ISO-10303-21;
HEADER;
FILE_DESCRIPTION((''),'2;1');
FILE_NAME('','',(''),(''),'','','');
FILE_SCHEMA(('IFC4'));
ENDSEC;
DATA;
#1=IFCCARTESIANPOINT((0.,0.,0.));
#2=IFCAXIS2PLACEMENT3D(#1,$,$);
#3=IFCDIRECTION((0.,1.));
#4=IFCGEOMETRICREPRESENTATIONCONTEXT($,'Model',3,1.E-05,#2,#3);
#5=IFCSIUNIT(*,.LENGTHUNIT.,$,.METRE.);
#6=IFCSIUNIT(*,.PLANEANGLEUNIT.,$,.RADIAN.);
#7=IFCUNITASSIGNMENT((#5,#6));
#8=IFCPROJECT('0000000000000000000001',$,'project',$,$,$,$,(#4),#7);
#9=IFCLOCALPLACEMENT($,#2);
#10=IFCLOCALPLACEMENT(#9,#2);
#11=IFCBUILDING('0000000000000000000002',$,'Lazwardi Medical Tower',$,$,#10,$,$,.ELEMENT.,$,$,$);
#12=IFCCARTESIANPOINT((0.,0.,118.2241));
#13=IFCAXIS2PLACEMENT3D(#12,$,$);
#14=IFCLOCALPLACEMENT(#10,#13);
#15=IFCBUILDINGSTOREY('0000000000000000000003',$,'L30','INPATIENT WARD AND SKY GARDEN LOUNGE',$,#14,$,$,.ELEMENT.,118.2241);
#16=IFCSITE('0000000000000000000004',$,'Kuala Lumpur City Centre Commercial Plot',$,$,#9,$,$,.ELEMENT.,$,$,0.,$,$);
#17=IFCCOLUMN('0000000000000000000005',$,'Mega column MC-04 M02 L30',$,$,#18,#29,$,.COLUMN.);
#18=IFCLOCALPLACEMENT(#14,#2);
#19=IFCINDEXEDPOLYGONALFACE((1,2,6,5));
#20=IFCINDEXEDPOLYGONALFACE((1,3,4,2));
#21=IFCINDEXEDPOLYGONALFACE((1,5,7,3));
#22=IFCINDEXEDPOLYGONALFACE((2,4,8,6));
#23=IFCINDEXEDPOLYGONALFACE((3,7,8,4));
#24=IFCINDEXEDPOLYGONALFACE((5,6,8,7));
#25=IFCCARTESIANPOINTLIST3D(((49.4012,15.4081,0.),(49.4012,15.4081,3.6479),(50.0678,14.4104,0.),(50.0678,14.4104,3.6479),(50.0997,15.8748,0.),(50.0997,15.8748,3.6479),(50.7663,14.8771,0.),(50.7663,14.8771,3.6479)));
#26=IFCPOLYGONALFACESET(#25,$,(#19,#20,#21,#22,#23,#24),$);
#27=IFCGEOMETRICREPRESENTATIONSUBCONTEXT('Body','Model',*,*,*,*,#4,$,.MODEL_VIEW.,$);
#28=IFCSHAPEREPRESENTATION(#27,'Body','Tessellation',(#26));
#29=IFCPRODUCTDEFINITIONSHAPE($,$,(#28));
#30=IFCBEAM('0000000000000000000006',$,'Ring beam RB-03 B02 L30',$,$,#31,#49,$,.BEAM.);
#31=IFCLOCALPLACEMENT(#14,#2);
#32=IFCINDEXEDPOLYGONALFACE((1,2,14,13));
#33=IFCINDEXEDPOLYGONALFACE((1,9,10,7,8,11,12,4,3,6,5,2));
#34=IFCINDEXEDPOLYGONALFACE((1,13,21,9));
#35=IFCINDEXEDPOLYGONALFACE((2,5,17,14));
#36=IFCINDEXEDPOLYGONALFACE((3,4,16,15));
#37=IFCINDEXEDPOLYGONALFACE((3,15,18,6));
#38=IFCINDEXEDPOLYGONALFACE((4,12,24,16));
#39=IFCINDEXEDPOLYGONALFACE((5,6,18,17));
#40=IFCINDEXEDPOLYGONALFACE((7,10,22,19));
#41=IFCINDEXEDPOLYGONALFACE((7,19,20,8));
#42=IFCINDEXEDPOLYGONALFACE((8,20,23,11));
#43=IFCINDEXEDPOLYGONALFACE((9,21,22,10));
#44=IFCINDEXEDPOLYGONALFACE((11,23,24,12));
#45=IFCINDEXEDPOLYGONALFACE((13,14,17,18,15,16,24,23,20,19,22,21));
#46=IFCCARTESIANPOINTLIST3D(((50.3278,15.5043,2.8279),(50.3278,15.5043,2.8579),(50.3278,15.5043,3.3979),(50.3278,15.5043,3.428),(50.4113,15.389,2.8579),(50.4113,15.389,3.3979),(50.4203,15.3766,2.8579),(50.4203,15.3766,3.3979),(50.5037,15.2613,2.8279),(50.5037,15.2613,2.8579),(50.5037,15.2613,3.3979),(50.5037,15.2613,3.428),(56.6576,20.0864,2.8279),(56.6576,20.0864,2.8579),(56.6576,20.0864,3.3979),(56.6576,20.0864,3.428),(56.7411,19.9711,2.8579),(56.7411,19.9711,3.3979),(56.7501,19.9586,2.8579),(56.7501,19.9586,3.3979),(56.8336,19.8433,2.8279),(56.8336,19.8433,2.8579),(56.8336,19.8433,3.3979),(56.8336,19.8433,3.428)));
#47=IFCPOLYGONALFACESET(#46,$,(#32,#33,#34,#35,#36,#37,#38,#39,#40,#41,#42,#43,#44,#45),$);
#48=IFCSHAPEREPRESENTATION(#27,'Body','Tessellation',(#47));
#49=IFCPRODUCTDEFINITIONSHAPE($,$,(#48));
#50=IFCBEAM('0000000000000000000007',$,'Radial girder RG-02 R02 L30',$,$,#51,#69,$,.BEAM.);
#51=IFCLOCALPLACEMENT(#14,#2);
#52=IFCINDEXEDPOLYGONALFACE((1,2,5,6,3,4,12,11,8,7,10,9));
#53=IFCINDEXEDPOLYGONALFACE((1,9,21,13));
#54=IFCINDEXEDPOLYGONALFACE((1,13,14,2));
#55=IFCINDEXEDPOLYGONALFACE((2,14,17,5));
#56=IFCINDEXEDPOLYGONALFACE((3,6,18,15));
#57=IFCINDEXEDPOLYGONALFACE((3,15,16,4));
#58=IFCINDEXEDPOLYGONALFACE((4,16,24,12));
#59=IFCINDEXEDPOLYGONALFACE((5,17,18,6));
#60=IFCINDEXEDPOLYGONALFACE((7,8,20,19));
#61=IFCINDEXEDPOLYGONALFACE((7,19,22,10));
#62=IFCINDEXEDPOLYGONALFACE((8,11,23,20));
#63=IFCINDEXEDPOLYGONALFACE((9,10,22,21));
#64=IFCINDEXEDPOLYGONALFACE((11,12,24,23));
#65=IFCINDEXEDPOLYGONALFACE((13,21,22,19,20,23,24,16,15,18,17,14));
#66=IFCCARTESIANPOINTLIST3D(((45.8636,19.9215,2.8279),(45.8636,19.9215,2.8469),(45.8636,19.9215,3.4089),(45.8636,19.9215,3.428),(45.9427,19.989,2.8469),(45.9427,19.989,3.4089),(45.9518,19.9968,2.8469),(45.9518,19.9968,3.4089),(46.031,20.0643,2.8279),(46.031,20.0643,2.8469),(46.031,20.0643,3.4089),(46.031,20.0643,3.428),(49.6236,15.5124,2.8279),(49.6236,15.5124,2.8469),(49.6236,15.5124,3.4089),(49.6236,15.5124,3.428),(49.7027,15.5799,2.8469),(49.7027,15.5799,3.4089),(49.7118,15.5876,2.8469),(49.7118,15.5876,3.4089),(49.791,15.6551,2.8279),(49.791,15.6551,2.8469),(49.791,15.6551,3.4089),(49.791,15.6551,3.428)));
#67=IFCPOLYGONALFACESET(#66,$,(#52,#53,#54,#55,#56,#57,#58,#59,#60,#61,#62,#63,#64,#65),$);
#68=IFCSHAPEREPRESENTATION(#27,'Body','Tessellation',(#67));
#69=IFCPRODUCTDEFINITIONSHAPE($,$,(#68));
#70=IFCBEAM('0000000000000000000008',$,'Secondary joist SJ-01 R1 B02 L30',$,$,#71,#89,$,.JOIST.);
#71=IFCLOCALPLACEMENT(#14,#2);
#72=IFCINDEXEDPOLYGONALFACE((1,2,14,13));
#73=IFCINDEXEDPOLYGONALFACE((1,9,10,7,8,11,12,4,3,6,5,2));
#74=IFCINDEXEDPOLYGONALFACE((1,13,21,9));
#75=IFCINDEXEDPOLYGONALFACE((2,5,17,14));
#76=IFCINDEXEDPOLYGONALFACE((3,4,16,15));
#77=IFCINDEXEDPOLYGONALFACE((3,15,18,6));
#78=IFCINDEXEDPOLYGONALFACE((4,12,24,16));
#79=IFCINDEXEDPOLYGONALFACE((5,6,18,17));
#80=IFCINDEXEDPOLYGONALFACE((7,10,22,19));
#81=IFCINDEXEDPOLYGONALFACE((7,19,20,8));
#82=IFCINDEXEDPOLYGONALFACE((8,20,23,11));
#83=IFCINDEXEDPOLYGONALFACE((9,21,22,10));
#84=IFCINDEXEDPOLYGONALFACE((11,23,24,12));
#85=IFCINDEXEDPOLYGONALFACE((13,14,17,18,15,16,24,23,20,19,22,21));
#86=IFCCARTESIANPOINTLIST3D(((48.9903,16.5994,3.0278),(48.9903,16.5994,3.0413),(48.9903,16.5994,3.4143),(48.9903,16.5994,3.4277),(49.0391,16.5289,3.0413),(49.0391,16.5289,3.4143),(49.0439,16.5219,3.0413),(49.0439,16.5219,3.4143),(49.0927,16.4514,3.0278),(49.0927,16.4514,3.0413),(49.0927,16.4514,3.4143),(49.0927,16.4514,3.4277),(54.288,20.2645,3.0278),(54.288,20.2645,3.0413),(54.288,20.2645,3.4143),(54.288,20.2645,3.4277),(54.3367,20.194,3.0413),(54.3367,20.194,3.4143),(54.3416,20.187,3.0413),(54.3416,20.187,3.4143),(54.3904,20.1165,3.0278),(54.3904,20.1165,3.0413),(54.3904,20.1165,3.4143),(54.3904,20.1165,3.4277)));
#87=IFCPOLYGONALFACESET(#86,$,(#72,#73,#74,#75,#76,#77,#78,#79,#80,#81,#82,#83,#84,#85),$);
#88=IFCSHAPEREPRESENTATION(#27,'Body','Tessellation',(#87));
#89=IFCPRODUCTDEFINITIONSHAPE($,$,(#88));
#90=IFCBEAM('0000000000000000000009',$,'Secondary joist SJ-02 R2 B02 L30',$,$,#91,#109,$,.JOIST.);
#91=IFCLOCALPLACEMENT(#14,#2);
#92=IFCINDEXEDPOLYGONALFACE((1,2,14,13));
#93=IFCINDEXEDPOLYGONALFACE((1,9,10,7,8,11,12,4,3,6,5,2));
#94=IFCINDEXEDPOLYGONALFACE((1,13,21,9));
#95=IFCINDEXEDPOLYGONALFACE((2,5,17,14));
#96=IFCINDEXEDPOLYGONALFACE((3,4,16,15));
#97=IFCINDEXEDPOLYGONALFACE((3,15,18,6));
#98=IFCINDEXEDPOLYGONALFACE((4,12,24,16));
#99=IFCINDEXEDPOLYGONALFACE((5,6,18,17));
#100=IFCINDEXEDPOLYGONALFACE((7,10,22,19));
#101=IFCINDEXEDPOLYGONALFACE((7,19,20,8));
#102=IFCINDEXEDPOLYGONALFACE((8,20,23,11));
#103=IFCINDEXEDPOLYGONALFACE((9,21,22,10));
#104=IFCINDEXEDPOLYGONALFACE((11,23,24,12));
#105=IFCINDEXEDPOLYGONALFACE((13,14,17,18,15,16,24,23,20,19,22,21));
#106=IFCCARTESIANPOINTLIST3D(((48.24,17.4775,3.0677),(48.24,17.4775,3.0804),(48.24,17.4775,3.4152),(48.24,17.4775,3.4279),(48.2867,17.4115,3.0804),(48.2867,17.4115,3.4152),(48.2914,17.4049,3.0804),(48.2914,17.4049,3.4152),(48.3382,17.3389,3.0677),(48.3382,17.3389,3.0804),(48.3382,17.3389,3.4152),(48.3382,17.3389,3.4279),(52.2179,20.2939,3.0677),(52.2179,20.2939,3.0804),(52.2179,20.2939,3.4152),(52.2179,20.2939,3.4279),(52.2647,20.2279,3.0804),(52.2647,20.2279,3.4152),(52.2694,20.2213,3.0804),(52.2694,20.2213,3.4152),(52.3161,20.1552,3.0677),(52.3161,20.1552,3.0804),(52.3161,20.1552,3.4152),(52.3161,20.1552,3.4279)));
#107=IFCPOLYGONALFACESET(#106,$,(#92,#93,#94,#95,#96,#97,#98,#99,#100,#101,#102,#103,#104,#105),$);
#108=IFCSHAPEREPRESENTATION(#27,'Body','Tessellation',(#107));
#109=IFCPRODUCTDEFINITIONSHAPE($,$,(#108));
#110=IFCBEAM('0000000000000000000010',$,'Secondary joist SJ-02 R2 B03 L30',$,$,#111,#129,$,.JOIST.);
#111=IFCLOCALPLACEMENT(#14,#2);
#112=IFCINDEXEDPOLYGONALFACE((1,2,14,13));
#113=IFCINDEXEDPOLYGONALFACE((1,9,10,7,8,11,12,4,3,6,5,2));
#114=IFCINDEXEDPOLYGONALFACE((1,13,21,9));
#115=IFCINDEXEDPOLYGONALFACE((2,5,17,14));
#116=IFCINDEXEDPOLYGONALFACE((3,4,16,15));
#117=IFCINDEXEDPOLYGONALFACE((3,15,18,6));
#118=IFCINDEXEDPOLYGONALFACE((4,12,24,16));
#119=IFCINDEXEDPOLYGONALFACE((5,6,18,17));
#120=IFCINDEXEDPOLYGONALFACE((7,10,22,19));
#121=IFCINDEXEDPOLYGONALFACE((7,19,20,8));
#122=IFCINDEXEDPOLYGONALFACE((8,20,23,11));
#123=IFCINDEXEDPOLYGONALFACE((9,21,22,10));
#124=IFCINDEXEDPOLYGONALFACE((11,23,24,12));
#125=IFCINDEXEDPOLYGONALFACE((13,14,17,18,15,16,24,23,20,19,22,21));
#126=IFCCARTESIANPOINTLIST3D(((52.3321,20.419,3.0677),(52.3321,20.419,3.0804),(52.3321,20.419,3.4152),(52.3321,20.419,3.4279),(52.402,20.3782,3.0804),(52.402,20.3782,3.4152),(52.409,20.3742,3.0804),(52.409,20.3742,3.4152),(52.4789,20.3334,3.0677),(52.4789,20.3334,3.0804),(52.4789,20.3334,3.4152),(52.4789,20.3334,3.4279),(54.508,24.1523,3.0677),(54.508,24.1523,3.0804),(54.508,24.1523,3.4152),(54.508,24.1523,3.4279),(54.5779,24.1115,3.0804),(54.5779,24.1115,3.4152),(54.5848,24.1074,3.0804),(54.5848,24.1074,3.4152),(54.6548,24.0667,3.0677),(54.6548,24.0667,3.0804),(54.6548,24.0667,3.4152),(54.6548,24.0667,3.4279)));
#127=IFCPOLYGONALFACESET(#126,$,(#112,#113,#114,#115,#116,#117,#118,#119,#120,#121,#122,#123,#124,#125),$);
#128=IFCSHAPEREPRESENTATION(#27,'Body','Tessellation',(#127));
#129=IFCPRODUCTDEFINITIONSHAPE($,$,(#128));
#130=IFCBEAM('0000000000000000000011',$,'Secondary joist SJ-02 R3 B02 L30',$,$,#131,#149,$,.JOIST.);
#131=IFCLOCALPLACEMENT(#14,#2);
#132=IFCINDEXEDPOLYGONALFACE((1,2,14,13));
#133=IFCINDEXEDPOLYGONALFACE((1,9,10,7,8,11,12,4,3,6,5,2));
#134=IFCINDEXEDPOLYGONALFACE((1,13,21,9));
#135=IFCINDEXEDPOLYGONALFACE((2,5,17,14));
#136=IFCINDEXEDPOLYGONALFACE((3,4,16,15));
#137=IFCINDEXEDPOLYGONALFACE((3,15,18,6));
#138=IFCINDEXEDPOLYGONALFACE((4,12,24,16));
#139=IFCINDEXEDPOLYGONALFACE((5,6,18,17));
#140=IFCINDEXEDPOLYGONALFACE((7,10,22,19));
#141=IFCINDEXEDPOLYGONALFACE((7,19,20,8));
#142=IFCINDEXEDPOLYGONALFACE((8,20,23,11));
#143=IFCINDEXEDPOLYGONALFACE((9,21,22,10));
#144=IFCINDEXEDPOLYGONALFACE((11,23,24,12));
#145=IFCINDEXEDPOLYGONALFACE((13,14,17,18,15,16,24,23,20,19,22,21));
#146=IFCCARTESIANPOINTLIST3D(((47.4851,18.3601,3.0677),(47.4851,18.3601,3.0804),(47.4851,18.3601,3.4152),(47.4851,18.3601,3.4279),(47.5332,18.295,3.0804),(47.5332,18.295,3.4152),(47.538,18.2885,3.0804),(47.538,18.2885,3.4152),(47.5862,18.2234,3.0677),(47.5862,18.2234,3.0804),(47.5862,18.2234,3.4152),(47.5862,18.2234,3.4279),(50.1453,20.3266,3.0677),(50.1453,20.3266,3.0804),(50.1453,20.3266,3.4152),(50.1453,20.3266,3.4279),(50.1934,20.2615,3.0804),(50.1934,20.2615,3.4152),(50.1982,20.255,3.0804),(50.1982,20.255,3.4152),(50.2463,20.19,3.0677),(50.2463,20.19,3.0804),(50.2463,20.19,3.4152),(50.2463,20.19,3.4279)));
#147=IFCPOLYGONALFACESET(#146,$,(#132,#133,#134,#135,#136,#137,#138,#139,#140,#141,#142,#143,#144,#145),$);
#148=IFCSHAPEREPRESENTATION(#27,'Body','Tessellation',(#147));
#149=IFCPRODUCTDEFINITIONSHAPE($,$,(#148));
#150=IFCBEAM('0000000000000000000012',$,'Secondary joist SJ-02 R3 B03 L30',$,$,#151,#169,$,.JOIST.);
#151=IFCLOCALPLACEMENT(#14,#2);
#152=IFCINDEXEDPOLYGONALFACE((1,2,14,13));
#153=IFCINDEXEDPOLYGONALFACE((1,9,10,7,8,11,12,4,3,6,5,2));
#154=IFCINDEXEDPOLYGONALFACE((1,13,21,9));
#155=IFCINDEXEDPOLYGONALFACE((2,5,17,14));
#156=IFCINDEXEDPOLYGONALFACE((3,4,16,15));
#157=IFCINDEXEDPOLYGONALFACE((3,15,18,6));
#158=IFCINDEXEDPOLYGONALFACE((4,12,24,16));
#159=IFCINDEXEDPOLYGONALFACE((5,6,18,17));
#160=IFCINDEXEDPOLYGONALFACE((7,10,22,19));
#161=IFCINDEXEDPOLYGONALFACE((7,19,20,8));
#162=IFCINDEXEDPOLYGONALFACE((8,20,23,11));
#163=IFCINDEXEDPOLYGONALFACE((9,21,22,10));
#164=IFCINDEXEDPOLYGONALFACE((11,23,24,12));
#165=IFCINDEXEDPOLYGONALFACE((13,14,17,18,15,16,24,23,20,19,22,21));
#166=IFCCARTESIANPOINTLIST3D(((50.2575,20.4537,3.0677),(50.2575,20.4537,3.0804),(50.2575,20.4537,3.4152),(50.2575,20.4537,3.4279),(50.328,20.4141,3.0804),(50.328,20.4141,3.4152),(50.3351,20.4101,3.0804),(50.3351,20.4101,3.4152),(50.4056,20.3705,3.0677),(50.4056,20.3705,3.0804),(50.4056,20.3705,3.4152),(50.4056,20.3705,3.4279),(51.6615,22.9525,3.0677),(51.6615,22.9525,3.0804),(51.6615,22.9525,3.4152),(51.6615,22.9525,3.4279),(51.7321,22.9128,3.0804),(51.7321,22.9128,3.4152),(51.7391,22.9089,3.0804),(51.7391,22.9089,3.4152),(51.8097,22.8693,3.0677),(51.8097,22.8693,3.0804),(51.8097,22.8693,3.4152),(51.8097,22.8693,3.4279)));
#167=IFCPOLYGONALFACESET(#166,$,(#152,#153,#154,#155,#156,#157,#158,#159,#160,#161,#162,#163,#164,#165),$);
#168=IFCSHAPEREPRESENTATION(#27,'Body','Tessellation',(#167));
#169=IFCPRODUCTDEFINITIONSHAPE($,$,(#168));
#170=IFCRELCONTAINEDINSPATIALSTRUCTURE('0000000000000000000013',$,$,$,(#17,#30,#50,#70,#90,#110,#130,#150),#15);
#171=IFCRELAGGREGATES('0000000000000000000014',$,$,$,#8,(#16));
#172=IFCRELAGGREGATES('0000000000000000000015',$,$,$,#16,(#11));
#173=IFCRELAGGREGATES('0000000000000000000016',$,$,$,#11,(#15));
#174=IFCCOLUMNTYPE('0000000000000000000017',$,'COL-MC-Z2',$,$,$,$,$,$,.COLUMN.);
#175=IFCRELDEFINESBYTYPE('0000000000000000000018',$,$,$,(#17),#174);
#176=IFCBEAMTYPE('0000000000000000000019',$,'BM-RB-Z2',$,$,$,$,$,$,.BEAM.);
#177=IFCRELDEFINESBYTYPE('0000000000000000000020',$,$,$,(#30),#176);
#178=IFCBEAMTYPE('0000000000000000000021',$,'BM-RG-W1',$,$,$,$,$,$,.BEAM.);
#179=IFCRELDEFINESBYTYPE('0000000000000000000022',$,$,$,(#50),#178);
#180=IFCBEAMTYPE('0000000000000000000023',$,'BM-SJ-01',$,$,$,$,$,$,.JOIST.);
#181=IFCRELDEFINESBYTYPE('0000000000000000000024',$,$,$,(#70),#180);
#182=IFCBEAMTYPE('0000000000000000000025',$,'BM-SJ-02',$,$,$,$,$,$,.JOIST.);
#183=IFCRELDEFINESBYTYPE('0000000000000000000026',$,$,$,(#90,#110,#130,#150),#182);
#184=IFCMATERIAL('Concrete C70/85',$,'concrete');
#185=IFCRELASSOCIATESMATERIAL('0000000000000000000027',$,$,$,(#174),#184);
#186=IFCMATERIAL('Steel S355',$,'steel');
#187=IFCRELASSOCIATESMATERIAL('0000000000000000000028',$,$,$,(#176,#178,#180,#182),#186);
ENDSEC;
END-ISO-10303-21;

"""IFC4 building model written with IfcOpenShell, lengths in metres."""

from ifc_helpers import new_model, si_unit, direction, frame, origin, origin_2d, place, context, subcontext, project, spatial, rectangle, i_section, extrude, material, material_profile, profile_set, type_object, element, save


model = new_model("IFC4")

# Units and contexts
model_context = context("Model", 3, precision=1e-05, world=origin(), true_north=direction((0.0, 1.0)))
body_context = subcontext(model_context, "Body", "Model", "MODEL_VIEW")
ifc_project = project(units=[si_unit("LENGTHUNIT", "METRE"), si_unit("PLANEANGLEUNIT", "RADIAN")], contexts=[model_context])

# Site, building, storey
site_placement = place(None, origin())
site = spatial("IfcSite", under=ifc_project, at=site_placement, Name="Kuala Lumpur City Centre Commercial Plot", CompositionType="ELEMENT", RefElevation=0.0)
building_placement = place(site_placement, origin())
building = spatial("IfcBuilding", under=site, at=building_placement, Name="Lazwardi Medical Tower", CompositionType="ELEMENT")
storey_placement = place(building_placement, frame((0.0, 0.0, 118.2241)))
storey = spatial("IfcBuildingStorey", under=building, at=storey_placement, Name="L30", Description="INPATIENT WARD AND SKY GARDEN LOUNGE", CompositionType="ELEMENT", Elevation=118.2241)

# Column
ifc_material_1 = material(Name="Concrete C70/85", Category="concrete")
ifc_material_profile_1 = material_profile(ifc_material_1, rectangle(XDim=1.2, YDim=0.8401, at=origin_2d()), Name="CFT-RECT 1200x840")
ifc_profile_set_1 = profile_set([ifc_material_profile_1], Name="Concrete C70/85")
column_type = type_object("IfcColumnType", Name="COL-MC-Z2", PredefinedType="COLUMN", material=ifc_profile_set_1)
column_placement = place(storey_placement, frame((50.0837, 15.1426, 0.0), z_axis=(0.0, 0.0, 1.0), x_axis=(0.55557, -0.83147, 0.0)))
element("IfcColumn", 1, at=column_placement, inside=storey, type_object=column_type, Name="Mega column MC-04 M02 L30", PredefinedType="COLUMN", context=body_context, shape_type="SweptSolid", body=[
    extrude(rectangle(XDim=1.2, YDim=0.8401, at=origin_2d()), origin(), (0.0, 0.0, 1.0), 3.6479),
])

# Beams
ifc_material_2 = material(Name="Steel S355", Category="steel")
ifc_material_profile_2 = material_profile(ifc_material_2, i_section(OverallWidth=0.3, OverallDepth=0.6001, WebThickness=0.0154, FlangeThickness=0.03, at=origin_2d()), Name="HEB 600")
ifc_profile_set_2 = profile_set([ifc_material_profile_2], Name="Steel S355")
beam_type_1 = type_object("IfcBeamType", Name="BM-RB-Z2", PredefinedType="BEAM", material=ifc_profile_set_2)
beam_1_placement = place(storey_placement, frame((50.4158, 15.3828, 3.1279), z_axis=(0.810042, 0.586372, 0.0), x_axis=(-0.586372, 0.810042, 0.0)))
element("IfcBeam", 2, at=beam_1_placement, inside=storey, type_object=beam_type_1, Name="Ring beam RB-03 B02 L30", PredefinedType="BEAM", context=body_context, shape_type="SweptSolid", body=[
    extrude(i_section(OverallWidth=0.3, OverallDepth=0.6001, WebThickness=0.0154, FlangeThickness=0.03, at=origin_2d()), origin(), (0.0, 0.0, 1.0), 7.8142),
])
ifc_material_profile_3 = material_profile(ifc_material_2, i_section(OverallWidth=0.22, OverallDepth=0.6001, WebThickness=0.012, FlangeThickness=0.019, at=origin_2d()), Name="IPE 600")
ifc_profile_set_3 = profile_set([ifc_material_profile_3], Name="Steel S355")
beam_type_2 = type_object("IfcBeamType", Name="BM-RG-W1", PredefinedType="BEAM", material=ifc_profile_set_3)
beam_2_placement = place(storey_placement, frame((49.7073, 15.5837, 3.1279), z_axis=(-0.648871, 0.760899, 0.0), x_axis=(-0.760899, -0.648871, 0.0)))
element("IfcBeam", 3, at=beam_2_placement, inside=storey, type_object=beam_type_2, Name="Radial girder RG-02 R02 L30", PredefinedType="BEAM", context=body_context, shape_type="SweptSolid", body=[
    extrude(i_section(OverallWidth=0.22, OverallDepth=0.6001, WebThickness=0.012, FlangeThickness=0.019, at=origin_2d()), origin(), (0.0, 0.0, 1.0), 5.7947),
])
ifc_material_profile_4 = material_profile(ifc_material_2, i_section(OverallWidth=0.1799, OverallDepth=0.3999, WebThickness=0.0085, FlangeThickness=0.0134, at=origin_2d()), Name="IPE 400")
ifc_profile_set_4 = profile_set([ifc_material_profile_4], Name="Steel S355")
beam_type_3 = type_object("IfcBeamType", Name="BM-SJ-01", PredefinedType="JOIST", material=ifc_profile_set_4)
beam_3_placement = place(storey_placement, frame((49.0415, 16.5254, 3.2278), z_axis=(0.822376, 0.568944, 0.0), x_axis=(-0.568944, 0.822376, 0.0)))
element("IfcBeam", 4, at=beam_3_placement, inside=storey, type_object=beam_type_3, Name="Secondary joist SJ-01 R1 B02 L30", PredefinedType="JOIST", context=body_context, shape_type="SweptSolid", body=[
    extrude(i_section(OverallWidth=0.1799, OverallDepth=0.3999, WebThickness=0.0085, FlangeThickness=0.0134, at=origin_2d()), origin(), (0.0, 0.0, 1.0), 6.4419),
])
ifc_material_profile_5 = material_profile(ifc_material_2, i_section(OverallWidth=0.1699, OverallDepth=0.3601, WebThickness=0.0081, FlangeThickness=0.0127, at=origin_2d()), Name="IPE 360")
ifc_profile_set_5 = profile_set([ifc_material_profile_5], Name="Steel S355")
beam_type_4 = type_object("IfcBeamType", Name="BM-SJ-02", PredefinedType="JOIST", material=ifc_profile_set_5)
beam_4_placement = place(storey_placement, frame((48.2891, 17.4082, 3.2478), z_axis=(0.816156, 0.577831, 0.0), x_axis=(-0.577831, 0.816156, 0.0)))
element("IfcBeam", 5, at=beam_4_placement, inside=storey, type_object=beam_type_4, Name="Secondary joist SJ-02 R2 B02 L30", PredefinedType="JOIST", context=body_context, shape_type="SweptSolid", body=[
    extrude(i_section(OverallWidth=0.1699, OverallDepth=0.3601, WebThickness=0.0081, FlangeThickness=0.0127, at=origin_2d()), origin(), (0.0, 0.0, 1.0), 4.874),
])
beam_5_placement = place(storey_placement, frame((52.4055, 20.3762, 3.2478), z_axis=(0.503544, 0.863969, 0.0), x_axis=(-0.863969, 0.503544, 0.0)))
element("IfcBeam", 6, at=beam_5_placement, inside=storey, type_object=beam_type_4, Name="Secondary joist SJ-02 R2 B03 L30", PredefinedType="JOIST", context=body_context, shape_type="SweptSolid", body=[
    extrude(i_section(OverallWidth=0.1699, OverallDepth=0.3601, WebThickness=0.0081, FlangeThickness=0.0127, at=origin_2d()), origin(), (0.0, 0.0, 1.0), 4.321),
])
beam_6_placement = place(storey_placement, frame((47.5356, 18.2917, 3.2478), z_axis=(0.804126, 0.59446, 0.0), x_axis=(-0.59446, 0.804126, 0.0)))
element("IfcBeam", 7, at=beam_6_placement, inside=storey, type_object=beam_type_4, Name="Secondary joist SJ-02 R3 B02 L30", PredefinedType="JOIST", context=body_context, shape_type="SweptSolid", body=[
    extrude(i_section(OverallWidth=0.1699, OverallDepth=0.3601, WebThickness=0.0081, FlangeThickness=0.0127, at=origin_2d()), origin(), (0.0, 0.0, 1.0), 3.3081),
])
beam_7_placement = place(storey_placement, frame((50.3315, 20.4121, 3.2478), z_axis=(0.489861, 0.871801, 0.0), x_axis=(-0.871801, 0.489861, 0.0)))
element("IfcBeam", 8, at=beam_7_placement, inside=storey, type_object=beam_type_4, Name="Secondary joist SJ-02 R3 B03 L30", PredefinedType="JOIST", context=body_context, shape_type="SweptSolid", body=[
    extrude(i_section(OverallWidth=0.1699, OverallDepth=0.3601, WebThickness=0.0081, FlangeThickness=0.0127, at=origin_2d()), origin(), (0.0, 0.0, 1.0), 2.8662),
])

save(model, "model.ifc")
